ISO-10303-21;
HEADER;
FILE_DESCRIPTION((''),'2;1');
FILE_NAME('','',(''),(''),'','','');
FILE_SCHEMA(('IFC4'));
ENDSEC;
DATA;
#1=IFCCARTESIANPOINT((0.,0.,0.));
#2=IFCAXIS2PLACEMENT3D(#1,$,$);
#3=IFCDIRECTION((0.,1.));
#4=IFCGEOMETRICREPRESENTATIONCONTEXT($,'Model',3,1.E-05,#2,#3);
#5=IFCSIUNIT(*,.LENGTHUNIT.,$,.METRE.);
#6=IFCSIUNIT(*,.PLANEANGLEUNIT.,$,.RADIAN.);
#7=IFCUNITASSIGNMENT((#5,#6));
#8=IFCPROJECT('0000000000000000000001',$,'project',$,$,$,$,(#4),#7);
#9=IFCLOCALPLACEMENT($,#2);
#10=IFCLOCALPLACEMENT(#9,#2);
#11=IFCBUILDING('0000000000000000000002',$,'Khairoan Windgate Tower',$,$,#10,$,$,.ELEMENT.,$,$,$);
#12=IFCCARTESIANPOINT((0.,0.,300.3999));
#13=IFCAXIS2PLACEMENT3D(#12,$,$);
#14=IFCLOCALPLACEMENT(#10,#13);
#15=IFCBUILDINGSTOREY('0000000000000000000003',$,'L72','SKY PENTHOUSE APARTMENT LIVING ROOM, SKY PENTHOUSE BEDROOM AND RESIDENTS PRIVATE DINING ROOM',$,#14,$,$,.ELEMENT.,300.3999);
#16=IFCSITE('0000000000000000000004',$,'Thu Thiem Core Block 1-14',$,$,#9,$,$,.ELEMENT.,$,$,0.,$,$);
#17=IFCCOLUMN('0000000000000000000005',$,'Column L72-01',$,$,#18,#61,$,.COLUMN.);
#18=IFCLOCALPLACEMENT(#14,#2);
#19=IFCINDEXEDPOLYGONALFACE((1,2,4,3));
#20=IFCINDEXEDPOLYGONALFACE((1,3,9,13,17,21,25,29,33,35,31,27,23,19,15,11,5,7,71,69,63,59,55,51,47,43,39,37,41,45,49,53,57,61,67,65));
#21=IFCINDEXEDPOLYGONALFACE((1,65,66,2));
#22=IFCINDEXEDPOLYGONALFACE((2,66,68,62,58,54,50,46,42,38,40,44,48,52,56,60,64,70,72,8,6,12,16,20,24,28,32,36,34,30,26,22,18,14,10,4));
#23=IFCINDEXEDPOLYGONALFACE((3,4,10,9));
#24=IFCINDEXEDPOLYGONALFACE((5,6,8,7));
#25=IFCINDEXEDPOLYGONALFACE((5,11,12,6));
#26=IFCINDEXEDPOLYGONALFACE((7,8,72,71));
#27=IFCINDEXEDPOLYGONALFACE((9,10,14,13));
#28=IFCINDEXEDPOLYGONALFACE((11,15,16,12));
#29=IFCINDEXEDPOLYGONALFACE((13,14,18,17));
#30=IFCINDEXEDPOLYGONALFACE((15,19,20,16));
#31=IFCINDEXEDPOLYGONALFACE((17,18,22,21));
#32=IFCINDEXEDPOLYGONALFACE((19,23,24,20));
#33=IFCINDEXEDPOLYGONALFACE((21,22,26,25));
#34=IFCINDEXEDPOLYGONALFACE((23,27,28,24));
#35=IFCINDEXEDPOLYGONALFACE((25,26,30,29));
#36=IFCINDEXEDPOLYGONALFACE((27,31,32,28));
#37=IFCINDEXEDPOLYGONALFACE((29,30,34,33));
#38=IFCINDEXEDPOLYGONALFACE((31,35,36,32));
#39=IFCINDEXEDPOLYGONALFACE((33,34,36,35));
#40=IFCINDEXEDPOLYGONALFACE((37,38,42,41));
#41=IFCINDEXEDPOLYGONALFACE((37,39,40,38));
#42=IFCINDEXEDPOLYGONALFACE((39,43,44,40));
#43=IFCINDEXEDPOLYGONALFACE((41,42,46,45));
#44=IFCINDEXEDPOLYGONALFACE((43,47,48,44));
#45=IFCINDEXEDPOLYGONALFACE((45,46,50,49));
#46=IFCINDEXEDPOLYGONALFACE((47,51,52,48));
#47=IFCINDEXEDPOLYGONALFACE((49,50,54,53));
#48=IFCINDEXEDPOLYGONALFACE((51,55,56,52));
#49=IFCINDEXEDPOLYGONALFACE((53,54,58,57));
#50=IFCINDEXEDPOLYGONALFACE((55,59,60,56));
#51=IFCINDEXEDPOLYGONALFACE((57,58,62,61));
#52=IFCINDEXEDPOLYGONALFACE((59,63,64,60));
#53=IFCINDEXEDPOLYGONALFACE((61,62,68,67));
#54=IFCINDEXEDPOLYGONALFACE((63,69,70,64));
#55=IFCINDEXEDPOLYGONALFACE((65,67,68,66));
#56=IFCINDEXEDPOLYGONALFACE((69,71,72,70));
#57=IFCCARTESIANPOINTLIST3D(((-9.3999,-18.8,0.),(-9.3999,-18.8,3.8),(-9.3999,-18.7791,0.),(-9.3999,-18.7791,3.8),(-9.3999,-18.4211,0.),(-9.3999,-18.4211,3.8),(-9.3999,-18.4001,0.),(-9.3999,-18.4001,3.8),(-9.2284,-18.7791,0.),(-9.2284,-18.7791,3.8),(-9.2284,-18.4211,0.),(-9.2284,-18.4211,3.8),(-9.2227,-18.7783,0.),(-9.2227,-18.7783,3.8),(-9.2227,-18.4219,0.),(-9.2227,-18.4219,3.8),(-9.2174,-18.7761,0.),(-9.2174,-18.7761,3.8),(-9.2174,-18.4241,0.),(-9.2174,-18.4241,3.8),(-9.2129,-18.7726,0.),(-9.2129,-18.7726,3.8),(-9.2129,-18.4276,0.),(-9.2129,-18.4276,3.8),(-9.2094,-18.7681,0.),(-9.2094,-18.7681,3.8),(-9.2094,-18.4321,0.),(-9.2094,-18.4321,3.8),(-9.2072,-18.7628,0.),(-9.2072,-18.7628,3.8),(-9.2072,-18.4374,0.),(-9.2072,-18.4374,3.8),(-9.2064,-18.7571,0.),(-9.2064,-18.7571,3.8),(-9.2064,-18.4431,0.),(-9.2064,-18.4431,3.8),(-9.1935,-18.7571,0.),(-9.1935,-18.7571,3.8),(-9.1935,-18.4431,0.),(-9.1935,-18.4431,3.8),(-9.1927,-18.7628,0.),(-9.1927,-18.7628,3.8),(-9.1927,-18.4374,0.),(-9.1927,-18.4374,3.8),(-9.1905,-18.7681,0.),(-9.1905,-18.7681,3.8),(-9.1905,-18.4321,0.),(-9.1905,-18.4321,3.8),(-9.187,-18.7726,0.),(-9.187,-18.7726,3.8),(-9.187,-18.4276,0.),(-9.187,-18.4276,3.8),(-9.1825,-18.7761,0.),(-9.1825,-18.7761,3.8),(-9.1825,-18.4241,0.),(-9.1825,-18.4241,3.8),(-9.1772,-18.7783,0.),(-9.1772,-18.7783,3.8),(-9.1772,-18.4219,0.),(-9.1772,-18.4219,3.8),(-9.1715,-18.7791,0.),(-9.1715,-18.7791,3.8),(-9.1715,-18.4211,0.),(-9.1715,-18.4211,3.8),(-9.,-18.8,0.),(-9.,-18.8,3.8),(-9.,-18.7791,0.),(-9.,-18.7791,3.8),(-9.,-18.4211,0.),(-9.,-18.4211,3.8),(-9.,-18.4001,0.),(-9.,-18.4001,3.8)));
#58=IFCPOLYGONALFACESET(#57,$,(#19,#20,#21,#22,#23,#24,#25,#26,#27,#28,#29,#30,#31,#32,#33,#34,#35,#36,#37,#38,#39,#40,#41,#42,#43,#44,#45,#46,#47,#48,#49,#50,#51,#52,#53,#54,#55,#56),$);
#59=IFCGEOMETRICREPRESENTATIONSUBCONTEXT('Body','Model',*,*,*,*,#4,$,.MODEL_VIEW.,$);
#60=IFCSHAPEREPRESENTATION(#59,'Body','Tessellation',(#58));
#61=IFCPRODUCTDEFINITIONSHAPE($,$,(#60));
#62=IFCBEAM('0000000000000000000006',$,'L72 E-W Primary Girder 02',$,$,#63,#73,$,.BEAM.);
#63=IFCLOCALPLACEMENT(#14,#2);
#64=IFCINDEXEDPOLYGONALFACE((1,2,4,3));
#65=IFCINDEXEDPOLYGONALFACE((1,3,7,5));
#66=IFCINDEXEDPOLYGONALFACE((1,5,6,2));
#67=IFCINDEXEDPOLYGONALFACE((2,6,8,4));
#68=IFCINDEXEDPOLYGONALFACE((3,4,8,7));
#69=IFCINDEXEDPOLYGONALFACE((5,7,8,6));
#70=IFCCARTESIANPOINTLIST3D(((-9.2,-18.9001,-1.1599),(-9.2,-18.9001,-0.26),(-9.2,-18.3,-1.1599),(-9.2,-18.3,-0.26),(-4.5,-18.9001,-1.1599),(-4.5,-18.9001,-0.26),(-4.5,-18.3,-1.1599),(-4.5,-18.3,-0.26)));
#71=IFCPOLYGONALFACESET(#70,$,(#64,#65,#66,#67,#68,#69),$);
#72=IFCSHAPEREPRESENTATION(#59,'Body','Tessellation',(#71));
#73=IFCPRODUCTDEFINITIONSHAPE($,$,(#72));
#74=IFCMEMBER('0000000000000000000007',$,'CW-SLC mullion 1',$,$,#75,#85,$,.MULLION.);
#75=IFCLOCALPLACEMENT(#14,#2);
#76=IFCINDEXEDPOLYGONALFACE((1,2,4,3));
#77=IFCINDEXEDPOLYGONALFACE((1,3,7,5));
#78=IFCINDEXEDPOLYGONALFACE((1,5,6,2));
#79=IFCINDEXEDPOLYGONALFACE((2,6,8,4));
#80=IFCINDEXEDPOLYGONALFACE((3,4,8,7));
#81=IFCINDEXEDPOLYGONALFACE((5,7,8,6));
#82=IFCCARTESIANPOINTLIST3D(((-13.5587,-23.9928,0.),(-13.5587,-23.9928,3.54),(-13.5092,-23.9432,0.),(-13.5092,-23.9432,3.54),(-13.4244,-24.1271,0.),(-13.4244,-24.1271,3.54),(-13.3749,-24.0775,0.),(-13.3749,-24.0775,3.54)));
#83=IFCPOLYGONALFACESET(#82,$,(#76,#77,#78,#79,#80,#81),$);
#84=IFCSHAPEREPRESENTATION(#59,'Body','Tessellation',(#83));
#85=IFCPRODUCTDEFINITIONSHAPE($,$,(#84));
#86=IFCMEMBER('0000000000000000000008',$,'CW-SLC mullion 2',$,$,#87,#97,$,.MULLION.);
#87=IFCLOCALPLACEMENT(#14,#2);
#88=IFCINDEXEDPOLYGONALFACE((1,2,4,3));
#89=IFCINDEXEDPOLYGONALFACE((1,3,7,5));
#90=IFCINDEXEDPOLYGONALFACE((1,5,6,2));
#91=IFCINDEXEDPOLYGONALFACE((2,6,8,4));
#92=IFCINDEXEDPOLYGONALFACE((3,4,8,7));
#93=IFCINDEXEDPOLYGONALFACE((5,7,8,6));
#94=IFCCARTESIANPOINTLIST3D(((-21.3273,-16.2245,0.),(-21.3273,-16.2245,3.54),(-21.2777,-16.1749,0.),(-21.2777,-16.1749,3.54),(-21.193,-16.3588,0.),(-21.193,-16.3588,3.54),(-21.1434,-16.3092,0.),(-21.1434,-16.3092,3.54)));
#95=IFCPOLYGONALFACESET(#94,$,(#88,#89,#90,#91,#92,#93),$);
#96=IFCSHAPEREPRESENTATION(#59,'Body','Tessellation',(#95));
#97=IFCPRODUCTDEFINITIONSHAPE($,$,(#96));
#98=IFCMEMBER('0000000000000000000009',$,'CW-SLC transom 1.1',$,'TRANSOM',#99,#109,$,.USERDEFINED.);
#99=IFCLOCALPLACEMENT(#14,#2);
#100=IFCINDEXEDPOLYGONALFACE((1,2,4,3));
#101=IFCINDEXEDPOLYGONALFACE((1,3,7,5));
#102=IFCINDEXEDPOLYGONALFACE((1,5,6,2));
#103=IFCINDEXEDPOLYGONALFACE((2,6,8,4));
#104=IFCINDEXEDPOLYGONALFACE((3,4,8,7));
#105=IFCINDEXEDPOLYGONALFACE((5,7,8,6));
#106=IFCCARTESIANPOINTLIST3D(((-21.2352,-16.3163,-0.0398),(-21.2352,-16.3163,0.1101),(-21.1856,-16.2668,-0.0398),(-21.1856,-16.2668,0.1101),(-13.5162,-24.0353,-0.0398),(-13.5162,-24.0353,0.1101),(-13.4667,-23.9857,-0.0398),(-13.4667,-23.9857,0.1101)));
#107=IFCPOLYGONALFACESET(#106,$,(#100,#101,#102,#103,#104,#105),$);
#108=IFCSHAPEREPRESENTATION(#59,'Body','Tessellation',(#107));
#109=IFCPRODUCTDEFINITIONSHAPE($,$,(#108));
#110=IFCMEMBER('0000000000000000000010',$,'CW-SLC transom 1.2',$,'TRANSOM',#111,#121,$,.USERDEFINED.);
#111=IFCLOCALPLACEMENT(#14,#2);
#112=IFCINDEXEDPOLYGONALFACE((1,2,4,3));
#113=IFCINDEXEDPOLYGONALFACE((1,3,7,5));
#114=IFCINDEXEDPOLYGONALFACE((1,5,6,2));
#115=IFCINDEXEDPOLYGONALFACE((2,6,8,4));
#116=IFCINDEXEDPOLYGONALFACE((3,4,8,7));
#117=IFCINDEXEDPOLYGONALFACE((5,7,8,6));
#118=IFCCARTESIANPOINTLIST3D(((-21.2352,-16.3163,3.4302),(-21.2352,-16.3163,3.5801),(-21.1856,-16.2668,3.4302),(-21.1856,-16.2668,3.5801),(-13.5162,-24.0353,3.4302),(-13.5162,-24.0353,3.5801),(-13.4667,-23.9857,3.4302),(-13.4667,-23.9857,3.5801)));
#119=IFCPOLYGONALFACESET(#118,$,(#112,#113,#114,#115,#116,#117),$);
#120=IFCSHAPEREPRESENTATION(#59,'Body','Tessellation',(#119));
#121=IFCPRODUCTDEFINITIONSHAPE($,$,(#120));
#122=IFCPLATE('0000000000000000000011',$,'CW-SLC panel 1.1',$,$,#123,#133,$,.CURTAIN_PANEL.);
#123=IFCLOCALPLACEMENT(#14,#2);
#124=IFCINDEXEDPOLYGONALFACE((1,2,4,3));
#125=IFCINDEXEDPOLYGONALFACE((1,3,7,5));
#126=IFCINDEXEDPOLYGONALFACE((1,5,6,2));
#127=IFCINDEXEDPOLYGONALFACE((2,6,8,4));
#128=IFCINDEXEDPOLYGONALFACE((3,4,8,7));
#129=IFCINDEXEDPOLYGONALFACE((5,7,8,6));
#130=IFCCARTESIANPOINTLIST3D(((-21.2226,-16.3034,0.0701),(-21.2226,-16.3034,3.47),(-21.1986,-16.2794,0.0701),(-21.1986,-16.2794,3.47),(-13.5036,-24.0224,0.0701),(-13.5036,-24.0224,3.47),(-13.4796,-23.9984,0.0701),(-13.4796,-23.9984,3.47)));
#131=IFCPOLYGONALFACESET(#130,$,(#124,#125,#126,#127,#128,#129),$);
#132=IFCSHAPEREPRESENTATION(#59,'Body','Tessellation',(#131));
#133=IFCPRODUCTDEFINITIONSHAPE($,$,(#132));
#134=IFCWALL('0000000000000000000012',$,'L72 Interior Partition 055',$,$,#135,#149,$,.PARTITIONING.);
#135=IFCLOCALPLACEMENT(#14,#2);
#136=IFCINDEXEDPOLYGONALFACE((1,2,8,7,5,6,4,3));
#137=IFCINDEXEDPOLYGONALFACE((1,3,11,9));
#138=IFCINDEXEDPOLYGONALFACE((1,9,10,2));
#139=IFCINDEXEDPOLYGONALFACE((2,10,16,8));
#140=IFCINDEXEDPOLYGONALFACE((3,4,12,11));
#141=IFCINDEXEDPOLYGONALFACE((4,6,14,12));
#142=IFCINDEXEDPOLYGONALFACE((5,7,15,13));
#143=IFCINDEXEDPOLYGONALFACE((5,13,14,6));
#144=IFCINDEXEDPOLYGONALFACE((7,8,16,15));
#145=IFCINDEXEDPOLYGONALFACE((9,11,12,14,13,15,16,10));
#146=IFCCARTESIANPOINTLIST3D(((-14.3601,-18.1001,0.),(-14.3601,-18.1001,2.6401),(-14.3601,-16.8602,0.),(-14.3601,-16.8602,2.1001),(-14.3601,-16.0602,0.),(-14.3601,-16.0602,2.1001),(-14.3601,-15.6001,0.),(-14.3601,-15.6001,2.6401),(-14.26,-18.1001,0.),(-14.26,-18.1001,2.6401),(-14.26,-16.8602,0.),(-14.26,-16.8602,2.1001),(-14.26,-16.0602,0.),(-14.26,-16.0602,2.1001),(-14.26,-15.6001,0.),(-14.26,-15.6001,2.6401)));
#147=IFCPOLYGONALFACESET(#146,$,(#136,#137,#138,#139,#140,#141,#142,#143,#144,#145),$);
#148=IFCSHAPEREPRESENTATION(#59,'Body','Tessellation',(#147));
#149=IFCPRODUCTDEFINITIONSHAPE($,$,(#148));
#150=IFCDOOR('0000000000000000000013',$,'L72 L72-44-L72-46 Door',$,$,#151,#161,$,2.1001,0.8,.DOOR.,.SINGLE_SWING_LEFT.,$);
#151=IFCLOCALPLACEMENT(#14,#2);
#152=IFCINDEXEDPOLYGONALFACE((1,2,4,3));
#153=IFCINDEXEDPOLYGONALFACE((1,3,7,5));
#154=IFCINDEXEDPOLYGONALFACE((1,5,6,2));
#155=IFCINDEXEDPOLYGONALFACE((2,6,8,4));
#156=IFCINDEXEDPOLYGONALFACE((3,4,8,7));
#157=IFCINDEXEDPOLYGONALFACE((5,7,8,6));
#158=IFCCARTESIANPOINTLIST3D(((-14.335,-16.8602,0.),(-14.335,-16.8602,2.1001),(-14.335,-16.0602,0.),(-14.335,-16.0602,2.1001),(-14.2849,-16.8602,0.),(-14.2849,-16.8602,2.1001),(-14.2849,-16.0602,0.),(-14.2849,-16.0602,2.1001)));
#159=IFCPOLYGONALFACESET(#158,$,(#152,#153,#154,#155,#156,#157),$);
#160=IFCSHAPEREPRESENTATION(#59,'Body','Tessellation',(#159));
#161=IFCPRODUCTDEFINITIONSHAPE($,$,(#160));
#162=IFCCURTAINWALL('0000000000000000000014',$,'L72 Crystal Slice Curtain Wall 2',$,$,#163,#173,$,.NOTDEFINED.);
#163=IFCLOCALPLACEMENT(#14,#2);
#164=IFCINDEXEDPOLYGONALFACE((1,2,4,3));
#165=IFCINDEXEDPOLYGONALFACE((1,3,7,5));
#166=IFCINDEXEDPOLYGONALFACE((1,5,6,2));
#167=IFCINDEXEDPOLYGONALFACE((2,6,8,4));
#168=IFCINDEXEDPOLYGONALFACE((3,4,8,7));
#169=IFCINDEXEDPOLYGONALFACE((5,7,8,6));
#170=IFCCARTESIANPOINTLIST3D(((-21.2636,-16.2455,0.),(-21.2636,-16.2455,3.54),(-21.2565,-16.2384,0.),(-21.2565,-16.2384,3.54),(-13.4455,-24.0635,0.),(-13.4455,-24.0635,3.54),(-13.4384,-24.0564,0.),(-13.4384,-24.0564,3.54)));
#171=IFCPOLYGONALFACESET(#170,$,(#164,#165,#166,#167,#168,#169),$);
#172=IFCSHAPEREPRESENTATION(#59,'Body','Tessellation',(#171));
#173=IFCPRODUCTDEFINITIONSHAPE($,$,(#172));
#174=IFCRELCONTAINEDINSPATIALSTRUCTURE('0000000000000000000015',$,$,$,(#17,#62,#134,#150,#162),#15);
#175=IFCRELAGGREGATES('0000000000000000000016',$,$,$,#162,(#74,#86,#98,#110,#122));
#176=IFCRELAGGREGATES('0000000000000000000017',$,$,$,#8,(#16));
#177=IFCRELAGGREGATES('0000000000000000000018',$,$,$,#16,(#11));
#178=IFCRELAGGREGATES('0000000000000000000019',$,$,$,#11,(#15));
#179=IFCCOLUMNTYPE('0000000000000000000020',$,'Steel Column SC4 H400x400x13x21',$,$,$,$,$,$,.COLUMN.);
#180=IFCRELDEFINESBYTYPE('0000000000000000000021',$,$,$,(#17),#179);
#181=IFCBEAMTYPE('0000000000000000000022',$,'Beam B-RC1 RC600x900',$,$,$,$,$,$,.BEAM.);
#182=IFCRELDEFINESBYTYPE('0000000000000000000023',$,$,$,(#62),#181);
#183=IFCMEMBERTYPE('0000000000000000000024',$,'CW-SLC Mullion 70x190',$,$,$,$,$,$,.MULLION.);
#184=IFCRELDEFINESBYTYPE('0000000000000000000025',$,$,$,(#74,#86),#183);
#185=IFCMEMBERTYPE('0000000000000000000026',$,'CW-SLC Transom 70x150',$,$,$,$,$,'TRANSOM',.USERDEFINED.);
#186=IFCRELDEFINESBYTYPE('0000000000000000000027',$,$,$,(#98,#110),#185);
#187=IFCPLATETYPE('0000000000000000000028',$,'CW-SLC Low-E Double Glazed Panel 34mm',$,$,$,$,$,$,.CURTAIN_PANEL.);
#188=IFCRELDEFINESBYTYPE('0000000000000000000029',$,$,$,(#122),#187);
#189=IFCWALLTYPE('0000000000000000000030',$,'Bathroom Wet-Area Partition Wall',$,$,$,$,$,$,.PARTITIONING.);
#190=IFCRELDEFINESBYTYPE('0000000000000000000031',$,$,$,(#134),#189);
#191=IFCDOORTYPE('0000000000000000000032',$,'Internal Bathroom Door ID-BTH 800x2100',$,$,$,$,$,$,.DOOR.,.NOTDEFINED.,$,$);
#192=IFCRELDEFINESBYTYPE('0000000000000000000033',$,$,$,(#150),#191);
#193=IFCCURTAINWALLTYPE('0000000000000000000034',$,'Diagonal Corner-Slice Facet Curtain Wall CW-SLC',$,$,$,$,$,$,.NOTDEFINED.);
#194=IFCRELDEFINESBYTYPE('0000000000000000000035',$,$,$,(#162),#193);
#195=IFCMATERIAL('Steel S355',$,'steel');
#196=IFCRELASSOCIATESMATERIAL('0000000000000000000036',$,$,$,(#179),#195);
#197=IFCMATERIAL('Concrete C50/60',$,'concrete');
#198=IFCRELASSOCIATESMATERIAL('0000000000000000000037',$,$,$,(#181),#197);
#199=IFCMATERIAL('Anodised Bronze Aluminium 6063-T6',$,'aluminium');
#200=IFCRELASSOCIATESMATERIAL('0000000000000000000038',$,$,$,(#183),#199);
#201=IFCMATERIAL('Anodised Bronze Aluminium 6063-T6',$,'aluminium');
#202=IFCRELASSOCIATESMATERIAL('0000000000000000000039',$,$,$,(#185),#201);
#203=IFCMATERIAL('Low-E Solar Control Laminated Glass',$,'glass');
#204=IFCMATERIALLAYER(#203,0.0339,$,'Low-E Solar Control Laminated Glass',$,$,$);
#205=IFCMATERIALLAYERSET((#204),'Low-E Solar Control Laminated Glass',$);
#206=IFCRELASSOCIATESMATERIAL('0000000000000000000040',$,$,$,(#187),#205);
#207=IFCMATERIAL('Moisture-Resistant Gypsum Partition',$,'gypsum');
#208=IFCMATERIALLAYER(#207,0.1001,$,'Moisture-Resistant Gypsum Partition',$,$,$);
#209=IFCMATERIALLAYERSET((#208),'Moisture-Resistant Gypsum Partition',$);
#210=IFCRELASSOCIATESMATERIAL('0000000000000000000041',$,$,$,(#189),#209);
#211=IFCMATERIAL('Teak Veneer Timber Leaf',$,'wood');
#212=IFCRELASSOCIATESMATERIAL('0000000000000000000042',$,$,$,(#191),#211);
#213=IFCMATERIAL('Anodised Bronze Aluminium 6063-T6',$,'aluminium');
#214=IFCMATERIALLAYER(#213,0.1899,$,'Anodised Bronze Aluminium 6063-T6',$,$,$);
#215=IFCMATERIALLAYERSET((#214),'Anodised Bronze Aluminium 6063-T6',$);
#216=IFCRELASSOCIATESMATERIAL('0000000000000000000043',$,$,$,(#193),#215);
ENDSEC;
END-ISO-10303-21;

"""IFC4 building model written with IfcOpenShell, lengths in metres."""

from ifc_helpers import new_model, si_unit, direction, frame, frame_2d, origin, origin_2d, place, context, subcontext, project, spatial, rectangle, i_section, extrude, material, layer, layer_set, material_profile, profile_set, type_object, element, fill, aggregate, save


model = new_model("IFC4")

# Units and contexts
model_context = context("Model", 3, precision=1e-05, world=origin(), true_north=direction((0.0, 1.0)))
body_context = subcontext(model_context, "Body", "Model", "MODEL_VIEW")
ifc_project = project(units=[si_unit("LENGTHUNIT", "METRE"), si_unit("PLANEANGLEUNIT", "RADIAN")], contexts=[model_context])

# Site, building, storey
site_placement = place(None, origin())
site = spatial("IfcSite", under=ifc_project, at=site_placement, Name="Thu Thiem Core Block 1-14", CompositionType="ELEMENT", RefElevation=0.0)
building_placement = place(site_placement, origin())
building = spatial("IfcBuilding", under=site, at=building_placement, Name="Khairoan Windgate Tower", CompositionType="ELEMENT")
storey_placement = place(building_placement, frame((0.0, 0.0, 300.3999)))
storey = spatial("IfcBuildingStorey", under=building, at=storey_placement, Name="L72", Description="SKY PENTHOUSE APARTMENT LIVING ROOM, SKY PENTHOUSE BEDROOM AND RESIDENTS PRIVATE DINING ROOM", CompositionType="ELEMENT", Elevation=300.3999)

# Column
ifc_material_1 = material(Name="Steel S355", Category="steel")
ifc_material_profile_1 = material_profile(ifc_material_1, i_section(OverallWidth=0.3999, OverallDepth=0.3999, WebThickness=0.0129, FlangeThickness=0.021, FilletRadius=0.022, at=origin_2d()))
ifc_profile_set_1 = profile_set([ifc_material_profile_1], Name="Steel S355")
column_type = type_object("IfcColumnType", Name="Steel Column SC4 H400x400x13x21", PredefinedType="COLUMN", material=ifc_profile_set_1)
column_placement = place(storey_placement, frame((-9.2, -18.6001, 0.0), z_axis=(0.0, 0.0, 1.0), x_axis=(1.0, 0.0, 0.0)))
element("IfcColumn", 1, at=column_placement, inside=storey, type_object=column_type, Name="Column L72-01", PredefinedType="COLUMN", context=body_context, shape_type="SweptSolid", body=[
    extrude(i_section(OverallWidth=0.3999, OverallDepth=0.3999, WebThickness=0.0129, FlangeThickness=0.021, FilletRadius=0.022, at=origin_2d()), origin(), (0.0, 0.0, 1.0), 3.8),
])

# Beam
ifc_material_2 = material(Name="Concrete C50/60", Category="concrete")
ifc_material_profile_2 = material_profile(ifc_material_2, rectangle(XDim=0.6001, YDim=0.8999, at=origin_2d()))
ifc_profile_set_2 = profile_set([ifc_material_profile_2], Name="Concrete C50/60")
beam_type = type_object("IfcBeamType", Name="Beam B-RC1 RC600x900", PredefinedType="BEAM", material=ifc_profile_set_2)
beam_placement = place(storey_placement, frame((-9.2, -18.6001, -0.71), z_axis=(1.0, 0.0, 0.0), x_axis=(0.0, 1.0, 0.0)))
element("IfcBeam", 2, at=beam_placement, inside=storey, type_object=beam_type, Name="L72 E-W Primary Girder 02", PredefinedType="BEAM", context=body_context, shape_type="SweptSolid", body=[
    extrude(rectangle(XDim=0.6001, YDim=0.8999, at=origin_2d()), origin(), (0.0, 0.0, 1.0), 4.7),
])

# Members
ifc_material_3 = material(Name="Anodised Bronze Aluminium 6063-T6", Category="aluminium")
ifc_material_profile_3 = material_profile(ifc_material_3, rectangle(XDim=0.0701, YDim=0.1899, at=origin_2d()))
ifc_profile_set_3 = profile_set([ifc_material_profile_3], Name="Anodised Bronze Aluminium 6063-T6")
member_type_1 = type_object("IfcMemberType", Name="CW-SLC Mullion 70x190", PredefinedType="MULLION", material=ifc_profile_set_3)
member_1_placement = place(storey_placement, frame((-13.4668, -24.0352, 0.0), z_axis=(0.0, 0.0, 1.0), x_axis=(-0.707107, -0.707107, 0.0)))
member_1 = element("IfcMember", 3, at=member_1_placement, type_object=member_type_1, Name="CW-SLC mullion 1", PredefinedType="MULLION", context=body_context, shape_type="SweptSolid", body=[
    extrude(rectangle(XDim=0.0701, YDim=0.1899, at=origin_2d()), origin(), (0.0, 0.0, 1.0), 3.54),
])
member_2_placement = place(storey_placement, frame((-21.2354, -16.2668, 0.0), z_axis=(0.0, 0.0, 1.0), x_axis=(-0.707107, -0.707107, 0.0)))
member_2 = element("IfcMember", 4, at=member_2_placement, type_object=member_type_1, Name="CW-SLC mullion 2", PredefinedType="MULLION", context=body_context, shape_type="SweptSolid", body=[
    extrude(rectangle(XDim=0.0701, YDim=0.1899, at=origin_2d()), origin(), (0.0, 0.0, 1.0), 3.54),
])
ifc_material_4 = material(Name="Anodised Bronze Aluminium 6063-T6", Category="aluminium")
ifc_material_profile_4 = material_profile(ifc_material_4, rectangle(XDim=0.0701, YDim=0.1499, at=origin_2d()))
ifc_profile_set_4 = profile_set([ifc_material_profile_4], Name="Anodised Bronze Aluminium 6063-T6")
member_type_2 = type_object("IfcMemberType", Name="CW-SLC Transom 70x150", ElementType="TRANSOM", PredefinedType="USERDEFINED", material=ifc_profile_set_4)
member_3_placement = place(storey_placement, frame((-13.4915, -24.0105, 0.0352), z_axis=(-0.707107, 0.707107, 0.0), x_axis=(-0.707107, -0.707107, 0.0)))
member_3 = element("IfcMember", 5, at=member_3_placement, type_object=member_type_2, Name="CW-SLC transom 1.1", ObjectType="TRANSOM", PredefinedType="USERDEFINED", context=body_context, shape_type="SweptSolid", body=[
    extrude(rectangle(XDim=0.0701, YDim=0.1499, at=origin_2d()), origin(), (0.0, 0.0, 1.0), 10.9163),
])
member_4_placement = place(storey_placement, frame((-13.4915, -24.0105, 3.5051), z_axis=(-0.707107, 0.707107, 0.0), x_axis=(-0.707107, -0.707107, 0.0)))
member_4 = element("IfcMember", 6, at=member_4_placement, type_object=member_type_2, Name="CW-SLC transom 1.2", ObjectType="TRANSOM", PredefinedType="USERDEFINED", context=body_context, shape_type="SweptSolid", body=[
    extrude(rectangle(XDim=0.0701, YDim=0.1499, at=origin_2d()), origin(), (0.0, 0.0, 1.0), 10.9163),
])

# Plate
ifc_material_5 = material(Name="Low-E Solar Control Laminated Glass", Category="glass")
ifc_layer_1 = layer(ifc_material_5, 0.0339, Name="Low-E Solar Control Laminated Glass")
ifc_layer_set_1 = layer_set([ifc_layer_1], Name="Low-E Solar Control Laminated Glass")
plate_type = type_object("IfcPlateType", Name="CW-SLC Low-E Double Glazed Panel 34mm", PredefinedType="CURTAIN_PANEL", material=ifc_layer_set_1)
plate_placement = place(storey_placement, frame((-17.3511, -20.1509, 0.0701), z_axis=(0.0, 0.0, 1.0), x_axis=(-0.707107, 0.707107, 0.0)))
plate = element("IfcPlate", 7, at=plate_placement, type_object=plate_type, Name="CW-SLC panel 1.1", PredefinedType="CURTAIN_PANEL", context=body_context, shape_type="SweptSolid", body=[
    extrude(rectangle(XDim=10.9163, YDim=0.0339, at=origin_2d()), origin(), (0.0, 0.0, 1.0), 3.3999),
])

# Wall, opening, door
ifc_material_6 = material(Name="Moisture-Resistant Gypsum Partition", Category="gypsum")
ifc_layer_2 = layer(ifc_material_6, 0.1001, Name="Moisture-Resistant Gypsum Partition")
ifc_layer_set_2 = layer_set([ifc_layer_2], Name="Moisture-Resistant Gypsum Partition")
wall_type_1 = type_object("IfcWallType", Name="Bathroom Wet-Area Partition Wall", PredefinedType="PARTITIONING", material=ifc_layer_set_2)
wall_1_placement = place(storey_placement, frame((-14.3101, -18.1001, 0.0), z_axis=(0.0, 0.0, 1.0), x_axis=(0.0, 1.0, 0.0)))
wall_1 = element("IfcWall", 8, at=wall_1_placement, inside=storey, type_object=wall_type_1, Name="L72 Interior Partition 055", PredefinedType="PARTITIONING", context=body_context, shape_type="SweptSolid", body=[
    extrude(rectangle(XDim=2.5, YDim=0.1001, at=frame_2d((1.25, 0.0))), origin(), (0.0, 0.0, 1.0), 2.6401),
])
opening_1_placement = place(wall_1_placement, frame((1.24, 0.0, 0.0)))
opening_1 = element("IfcOpeningElement", 9, at=opening_1_placement, cuts=wall_1, PredefinedType="OPENING", context=body_context, shape_type="SweptSolid", body=[
    extrude(rectangle(XDim=0.8, YDim=2.1001, at=frame_2d((0.3999, 1.05))), frame((0.0, 0.0601, 0.0), z_axis=(0.0, -1.0, 0.0), x_axis=(1.0, 0.0, 0.0)), (0.0, 0.0, 1.0), 0.1201),
])
ifc_material_7 = material(Name="Teak Veneer Timber Leaf", Category="wood")
door_type_1 = type_object("IfcDoorType", Name="Internal Bathroom Door ID-BTH 800x2100", OperationType="NOTDEFINED", PredefinedType="DOOR", material=ifc_material_7)
door_1_placement = place(opening_1_placement, origin())
door_1 = element("IfcDoor", 10, at=door_1_placement, inside=storey, type_object=door_type_1, Name="L72 L72-44-L72-46 Door", OperationType="SINGLE_SWING_LEFT", OverallHeight=2.1001, OverallWidth=0.8, PredefinedType="DOOR", context=body_context, shape_type="SweptSolid", body=[
    extrude(rectangle(XDim=0.8, YDim=2.1001, at=frame_2d((0.3999, 1.05))), frame((0.0, 0.0249, 0.0), z_axis=(0.0, -1.0, 0.0), x_axis=(1.0, 0.0, 0.0)), (0.0, 0.0, 1.0), 0.05),
])
fill(opening_1, door_1)

# Curtain wall
ifc_material_8 = material(Name="Anodised Bronze Aluminium 6063-T6", Category="aluminium")
ifc_layer_3 = layer(ifc_material_8, 0.1899, Name="Anodised Bronze Aluminium 6063-T6")
ifc_layer_set_3 = layer_set([ifc_layer_3], Name="Anodised Bronze Aluminium 6063-T6")
curtain_wall_type = type_object("IfcCurtainWallType", Name="Diagonal Corner-Slice Facet Curtain Wall CW-SLC", PredefinedType="NOTDEFINED", material=ifc_layer_set_3)
curtain_wall_placement = place(storey_placement, frame((-13.4419, -24.0601, 0.0), z_axis=(0.0, 0.0, 1.0), x_axis=(-0.707107, 0.707107, 0.0)))
curtain_wall = element("IfcCurtainWall", 11, at=curtain_wall_placement, inside=storey, type_object=curtain_wall_type, Name="L72 Crystal Slice Curtain Wall 2", PredefinedType="NOTDEFINED", context=body_context, shape_type="SweptSolid", body=[
    extrude(rectangle(XDim=11.0564, YDim=0.01, at=frame_2d((5.5283, 0.0))), origin(), (0.0, 0.0, 1.0), 3.54),
])
aggregate(curtain_wall, [member_1, member_2, member_3, member_4, plate])

save(model, "model.ifc")
